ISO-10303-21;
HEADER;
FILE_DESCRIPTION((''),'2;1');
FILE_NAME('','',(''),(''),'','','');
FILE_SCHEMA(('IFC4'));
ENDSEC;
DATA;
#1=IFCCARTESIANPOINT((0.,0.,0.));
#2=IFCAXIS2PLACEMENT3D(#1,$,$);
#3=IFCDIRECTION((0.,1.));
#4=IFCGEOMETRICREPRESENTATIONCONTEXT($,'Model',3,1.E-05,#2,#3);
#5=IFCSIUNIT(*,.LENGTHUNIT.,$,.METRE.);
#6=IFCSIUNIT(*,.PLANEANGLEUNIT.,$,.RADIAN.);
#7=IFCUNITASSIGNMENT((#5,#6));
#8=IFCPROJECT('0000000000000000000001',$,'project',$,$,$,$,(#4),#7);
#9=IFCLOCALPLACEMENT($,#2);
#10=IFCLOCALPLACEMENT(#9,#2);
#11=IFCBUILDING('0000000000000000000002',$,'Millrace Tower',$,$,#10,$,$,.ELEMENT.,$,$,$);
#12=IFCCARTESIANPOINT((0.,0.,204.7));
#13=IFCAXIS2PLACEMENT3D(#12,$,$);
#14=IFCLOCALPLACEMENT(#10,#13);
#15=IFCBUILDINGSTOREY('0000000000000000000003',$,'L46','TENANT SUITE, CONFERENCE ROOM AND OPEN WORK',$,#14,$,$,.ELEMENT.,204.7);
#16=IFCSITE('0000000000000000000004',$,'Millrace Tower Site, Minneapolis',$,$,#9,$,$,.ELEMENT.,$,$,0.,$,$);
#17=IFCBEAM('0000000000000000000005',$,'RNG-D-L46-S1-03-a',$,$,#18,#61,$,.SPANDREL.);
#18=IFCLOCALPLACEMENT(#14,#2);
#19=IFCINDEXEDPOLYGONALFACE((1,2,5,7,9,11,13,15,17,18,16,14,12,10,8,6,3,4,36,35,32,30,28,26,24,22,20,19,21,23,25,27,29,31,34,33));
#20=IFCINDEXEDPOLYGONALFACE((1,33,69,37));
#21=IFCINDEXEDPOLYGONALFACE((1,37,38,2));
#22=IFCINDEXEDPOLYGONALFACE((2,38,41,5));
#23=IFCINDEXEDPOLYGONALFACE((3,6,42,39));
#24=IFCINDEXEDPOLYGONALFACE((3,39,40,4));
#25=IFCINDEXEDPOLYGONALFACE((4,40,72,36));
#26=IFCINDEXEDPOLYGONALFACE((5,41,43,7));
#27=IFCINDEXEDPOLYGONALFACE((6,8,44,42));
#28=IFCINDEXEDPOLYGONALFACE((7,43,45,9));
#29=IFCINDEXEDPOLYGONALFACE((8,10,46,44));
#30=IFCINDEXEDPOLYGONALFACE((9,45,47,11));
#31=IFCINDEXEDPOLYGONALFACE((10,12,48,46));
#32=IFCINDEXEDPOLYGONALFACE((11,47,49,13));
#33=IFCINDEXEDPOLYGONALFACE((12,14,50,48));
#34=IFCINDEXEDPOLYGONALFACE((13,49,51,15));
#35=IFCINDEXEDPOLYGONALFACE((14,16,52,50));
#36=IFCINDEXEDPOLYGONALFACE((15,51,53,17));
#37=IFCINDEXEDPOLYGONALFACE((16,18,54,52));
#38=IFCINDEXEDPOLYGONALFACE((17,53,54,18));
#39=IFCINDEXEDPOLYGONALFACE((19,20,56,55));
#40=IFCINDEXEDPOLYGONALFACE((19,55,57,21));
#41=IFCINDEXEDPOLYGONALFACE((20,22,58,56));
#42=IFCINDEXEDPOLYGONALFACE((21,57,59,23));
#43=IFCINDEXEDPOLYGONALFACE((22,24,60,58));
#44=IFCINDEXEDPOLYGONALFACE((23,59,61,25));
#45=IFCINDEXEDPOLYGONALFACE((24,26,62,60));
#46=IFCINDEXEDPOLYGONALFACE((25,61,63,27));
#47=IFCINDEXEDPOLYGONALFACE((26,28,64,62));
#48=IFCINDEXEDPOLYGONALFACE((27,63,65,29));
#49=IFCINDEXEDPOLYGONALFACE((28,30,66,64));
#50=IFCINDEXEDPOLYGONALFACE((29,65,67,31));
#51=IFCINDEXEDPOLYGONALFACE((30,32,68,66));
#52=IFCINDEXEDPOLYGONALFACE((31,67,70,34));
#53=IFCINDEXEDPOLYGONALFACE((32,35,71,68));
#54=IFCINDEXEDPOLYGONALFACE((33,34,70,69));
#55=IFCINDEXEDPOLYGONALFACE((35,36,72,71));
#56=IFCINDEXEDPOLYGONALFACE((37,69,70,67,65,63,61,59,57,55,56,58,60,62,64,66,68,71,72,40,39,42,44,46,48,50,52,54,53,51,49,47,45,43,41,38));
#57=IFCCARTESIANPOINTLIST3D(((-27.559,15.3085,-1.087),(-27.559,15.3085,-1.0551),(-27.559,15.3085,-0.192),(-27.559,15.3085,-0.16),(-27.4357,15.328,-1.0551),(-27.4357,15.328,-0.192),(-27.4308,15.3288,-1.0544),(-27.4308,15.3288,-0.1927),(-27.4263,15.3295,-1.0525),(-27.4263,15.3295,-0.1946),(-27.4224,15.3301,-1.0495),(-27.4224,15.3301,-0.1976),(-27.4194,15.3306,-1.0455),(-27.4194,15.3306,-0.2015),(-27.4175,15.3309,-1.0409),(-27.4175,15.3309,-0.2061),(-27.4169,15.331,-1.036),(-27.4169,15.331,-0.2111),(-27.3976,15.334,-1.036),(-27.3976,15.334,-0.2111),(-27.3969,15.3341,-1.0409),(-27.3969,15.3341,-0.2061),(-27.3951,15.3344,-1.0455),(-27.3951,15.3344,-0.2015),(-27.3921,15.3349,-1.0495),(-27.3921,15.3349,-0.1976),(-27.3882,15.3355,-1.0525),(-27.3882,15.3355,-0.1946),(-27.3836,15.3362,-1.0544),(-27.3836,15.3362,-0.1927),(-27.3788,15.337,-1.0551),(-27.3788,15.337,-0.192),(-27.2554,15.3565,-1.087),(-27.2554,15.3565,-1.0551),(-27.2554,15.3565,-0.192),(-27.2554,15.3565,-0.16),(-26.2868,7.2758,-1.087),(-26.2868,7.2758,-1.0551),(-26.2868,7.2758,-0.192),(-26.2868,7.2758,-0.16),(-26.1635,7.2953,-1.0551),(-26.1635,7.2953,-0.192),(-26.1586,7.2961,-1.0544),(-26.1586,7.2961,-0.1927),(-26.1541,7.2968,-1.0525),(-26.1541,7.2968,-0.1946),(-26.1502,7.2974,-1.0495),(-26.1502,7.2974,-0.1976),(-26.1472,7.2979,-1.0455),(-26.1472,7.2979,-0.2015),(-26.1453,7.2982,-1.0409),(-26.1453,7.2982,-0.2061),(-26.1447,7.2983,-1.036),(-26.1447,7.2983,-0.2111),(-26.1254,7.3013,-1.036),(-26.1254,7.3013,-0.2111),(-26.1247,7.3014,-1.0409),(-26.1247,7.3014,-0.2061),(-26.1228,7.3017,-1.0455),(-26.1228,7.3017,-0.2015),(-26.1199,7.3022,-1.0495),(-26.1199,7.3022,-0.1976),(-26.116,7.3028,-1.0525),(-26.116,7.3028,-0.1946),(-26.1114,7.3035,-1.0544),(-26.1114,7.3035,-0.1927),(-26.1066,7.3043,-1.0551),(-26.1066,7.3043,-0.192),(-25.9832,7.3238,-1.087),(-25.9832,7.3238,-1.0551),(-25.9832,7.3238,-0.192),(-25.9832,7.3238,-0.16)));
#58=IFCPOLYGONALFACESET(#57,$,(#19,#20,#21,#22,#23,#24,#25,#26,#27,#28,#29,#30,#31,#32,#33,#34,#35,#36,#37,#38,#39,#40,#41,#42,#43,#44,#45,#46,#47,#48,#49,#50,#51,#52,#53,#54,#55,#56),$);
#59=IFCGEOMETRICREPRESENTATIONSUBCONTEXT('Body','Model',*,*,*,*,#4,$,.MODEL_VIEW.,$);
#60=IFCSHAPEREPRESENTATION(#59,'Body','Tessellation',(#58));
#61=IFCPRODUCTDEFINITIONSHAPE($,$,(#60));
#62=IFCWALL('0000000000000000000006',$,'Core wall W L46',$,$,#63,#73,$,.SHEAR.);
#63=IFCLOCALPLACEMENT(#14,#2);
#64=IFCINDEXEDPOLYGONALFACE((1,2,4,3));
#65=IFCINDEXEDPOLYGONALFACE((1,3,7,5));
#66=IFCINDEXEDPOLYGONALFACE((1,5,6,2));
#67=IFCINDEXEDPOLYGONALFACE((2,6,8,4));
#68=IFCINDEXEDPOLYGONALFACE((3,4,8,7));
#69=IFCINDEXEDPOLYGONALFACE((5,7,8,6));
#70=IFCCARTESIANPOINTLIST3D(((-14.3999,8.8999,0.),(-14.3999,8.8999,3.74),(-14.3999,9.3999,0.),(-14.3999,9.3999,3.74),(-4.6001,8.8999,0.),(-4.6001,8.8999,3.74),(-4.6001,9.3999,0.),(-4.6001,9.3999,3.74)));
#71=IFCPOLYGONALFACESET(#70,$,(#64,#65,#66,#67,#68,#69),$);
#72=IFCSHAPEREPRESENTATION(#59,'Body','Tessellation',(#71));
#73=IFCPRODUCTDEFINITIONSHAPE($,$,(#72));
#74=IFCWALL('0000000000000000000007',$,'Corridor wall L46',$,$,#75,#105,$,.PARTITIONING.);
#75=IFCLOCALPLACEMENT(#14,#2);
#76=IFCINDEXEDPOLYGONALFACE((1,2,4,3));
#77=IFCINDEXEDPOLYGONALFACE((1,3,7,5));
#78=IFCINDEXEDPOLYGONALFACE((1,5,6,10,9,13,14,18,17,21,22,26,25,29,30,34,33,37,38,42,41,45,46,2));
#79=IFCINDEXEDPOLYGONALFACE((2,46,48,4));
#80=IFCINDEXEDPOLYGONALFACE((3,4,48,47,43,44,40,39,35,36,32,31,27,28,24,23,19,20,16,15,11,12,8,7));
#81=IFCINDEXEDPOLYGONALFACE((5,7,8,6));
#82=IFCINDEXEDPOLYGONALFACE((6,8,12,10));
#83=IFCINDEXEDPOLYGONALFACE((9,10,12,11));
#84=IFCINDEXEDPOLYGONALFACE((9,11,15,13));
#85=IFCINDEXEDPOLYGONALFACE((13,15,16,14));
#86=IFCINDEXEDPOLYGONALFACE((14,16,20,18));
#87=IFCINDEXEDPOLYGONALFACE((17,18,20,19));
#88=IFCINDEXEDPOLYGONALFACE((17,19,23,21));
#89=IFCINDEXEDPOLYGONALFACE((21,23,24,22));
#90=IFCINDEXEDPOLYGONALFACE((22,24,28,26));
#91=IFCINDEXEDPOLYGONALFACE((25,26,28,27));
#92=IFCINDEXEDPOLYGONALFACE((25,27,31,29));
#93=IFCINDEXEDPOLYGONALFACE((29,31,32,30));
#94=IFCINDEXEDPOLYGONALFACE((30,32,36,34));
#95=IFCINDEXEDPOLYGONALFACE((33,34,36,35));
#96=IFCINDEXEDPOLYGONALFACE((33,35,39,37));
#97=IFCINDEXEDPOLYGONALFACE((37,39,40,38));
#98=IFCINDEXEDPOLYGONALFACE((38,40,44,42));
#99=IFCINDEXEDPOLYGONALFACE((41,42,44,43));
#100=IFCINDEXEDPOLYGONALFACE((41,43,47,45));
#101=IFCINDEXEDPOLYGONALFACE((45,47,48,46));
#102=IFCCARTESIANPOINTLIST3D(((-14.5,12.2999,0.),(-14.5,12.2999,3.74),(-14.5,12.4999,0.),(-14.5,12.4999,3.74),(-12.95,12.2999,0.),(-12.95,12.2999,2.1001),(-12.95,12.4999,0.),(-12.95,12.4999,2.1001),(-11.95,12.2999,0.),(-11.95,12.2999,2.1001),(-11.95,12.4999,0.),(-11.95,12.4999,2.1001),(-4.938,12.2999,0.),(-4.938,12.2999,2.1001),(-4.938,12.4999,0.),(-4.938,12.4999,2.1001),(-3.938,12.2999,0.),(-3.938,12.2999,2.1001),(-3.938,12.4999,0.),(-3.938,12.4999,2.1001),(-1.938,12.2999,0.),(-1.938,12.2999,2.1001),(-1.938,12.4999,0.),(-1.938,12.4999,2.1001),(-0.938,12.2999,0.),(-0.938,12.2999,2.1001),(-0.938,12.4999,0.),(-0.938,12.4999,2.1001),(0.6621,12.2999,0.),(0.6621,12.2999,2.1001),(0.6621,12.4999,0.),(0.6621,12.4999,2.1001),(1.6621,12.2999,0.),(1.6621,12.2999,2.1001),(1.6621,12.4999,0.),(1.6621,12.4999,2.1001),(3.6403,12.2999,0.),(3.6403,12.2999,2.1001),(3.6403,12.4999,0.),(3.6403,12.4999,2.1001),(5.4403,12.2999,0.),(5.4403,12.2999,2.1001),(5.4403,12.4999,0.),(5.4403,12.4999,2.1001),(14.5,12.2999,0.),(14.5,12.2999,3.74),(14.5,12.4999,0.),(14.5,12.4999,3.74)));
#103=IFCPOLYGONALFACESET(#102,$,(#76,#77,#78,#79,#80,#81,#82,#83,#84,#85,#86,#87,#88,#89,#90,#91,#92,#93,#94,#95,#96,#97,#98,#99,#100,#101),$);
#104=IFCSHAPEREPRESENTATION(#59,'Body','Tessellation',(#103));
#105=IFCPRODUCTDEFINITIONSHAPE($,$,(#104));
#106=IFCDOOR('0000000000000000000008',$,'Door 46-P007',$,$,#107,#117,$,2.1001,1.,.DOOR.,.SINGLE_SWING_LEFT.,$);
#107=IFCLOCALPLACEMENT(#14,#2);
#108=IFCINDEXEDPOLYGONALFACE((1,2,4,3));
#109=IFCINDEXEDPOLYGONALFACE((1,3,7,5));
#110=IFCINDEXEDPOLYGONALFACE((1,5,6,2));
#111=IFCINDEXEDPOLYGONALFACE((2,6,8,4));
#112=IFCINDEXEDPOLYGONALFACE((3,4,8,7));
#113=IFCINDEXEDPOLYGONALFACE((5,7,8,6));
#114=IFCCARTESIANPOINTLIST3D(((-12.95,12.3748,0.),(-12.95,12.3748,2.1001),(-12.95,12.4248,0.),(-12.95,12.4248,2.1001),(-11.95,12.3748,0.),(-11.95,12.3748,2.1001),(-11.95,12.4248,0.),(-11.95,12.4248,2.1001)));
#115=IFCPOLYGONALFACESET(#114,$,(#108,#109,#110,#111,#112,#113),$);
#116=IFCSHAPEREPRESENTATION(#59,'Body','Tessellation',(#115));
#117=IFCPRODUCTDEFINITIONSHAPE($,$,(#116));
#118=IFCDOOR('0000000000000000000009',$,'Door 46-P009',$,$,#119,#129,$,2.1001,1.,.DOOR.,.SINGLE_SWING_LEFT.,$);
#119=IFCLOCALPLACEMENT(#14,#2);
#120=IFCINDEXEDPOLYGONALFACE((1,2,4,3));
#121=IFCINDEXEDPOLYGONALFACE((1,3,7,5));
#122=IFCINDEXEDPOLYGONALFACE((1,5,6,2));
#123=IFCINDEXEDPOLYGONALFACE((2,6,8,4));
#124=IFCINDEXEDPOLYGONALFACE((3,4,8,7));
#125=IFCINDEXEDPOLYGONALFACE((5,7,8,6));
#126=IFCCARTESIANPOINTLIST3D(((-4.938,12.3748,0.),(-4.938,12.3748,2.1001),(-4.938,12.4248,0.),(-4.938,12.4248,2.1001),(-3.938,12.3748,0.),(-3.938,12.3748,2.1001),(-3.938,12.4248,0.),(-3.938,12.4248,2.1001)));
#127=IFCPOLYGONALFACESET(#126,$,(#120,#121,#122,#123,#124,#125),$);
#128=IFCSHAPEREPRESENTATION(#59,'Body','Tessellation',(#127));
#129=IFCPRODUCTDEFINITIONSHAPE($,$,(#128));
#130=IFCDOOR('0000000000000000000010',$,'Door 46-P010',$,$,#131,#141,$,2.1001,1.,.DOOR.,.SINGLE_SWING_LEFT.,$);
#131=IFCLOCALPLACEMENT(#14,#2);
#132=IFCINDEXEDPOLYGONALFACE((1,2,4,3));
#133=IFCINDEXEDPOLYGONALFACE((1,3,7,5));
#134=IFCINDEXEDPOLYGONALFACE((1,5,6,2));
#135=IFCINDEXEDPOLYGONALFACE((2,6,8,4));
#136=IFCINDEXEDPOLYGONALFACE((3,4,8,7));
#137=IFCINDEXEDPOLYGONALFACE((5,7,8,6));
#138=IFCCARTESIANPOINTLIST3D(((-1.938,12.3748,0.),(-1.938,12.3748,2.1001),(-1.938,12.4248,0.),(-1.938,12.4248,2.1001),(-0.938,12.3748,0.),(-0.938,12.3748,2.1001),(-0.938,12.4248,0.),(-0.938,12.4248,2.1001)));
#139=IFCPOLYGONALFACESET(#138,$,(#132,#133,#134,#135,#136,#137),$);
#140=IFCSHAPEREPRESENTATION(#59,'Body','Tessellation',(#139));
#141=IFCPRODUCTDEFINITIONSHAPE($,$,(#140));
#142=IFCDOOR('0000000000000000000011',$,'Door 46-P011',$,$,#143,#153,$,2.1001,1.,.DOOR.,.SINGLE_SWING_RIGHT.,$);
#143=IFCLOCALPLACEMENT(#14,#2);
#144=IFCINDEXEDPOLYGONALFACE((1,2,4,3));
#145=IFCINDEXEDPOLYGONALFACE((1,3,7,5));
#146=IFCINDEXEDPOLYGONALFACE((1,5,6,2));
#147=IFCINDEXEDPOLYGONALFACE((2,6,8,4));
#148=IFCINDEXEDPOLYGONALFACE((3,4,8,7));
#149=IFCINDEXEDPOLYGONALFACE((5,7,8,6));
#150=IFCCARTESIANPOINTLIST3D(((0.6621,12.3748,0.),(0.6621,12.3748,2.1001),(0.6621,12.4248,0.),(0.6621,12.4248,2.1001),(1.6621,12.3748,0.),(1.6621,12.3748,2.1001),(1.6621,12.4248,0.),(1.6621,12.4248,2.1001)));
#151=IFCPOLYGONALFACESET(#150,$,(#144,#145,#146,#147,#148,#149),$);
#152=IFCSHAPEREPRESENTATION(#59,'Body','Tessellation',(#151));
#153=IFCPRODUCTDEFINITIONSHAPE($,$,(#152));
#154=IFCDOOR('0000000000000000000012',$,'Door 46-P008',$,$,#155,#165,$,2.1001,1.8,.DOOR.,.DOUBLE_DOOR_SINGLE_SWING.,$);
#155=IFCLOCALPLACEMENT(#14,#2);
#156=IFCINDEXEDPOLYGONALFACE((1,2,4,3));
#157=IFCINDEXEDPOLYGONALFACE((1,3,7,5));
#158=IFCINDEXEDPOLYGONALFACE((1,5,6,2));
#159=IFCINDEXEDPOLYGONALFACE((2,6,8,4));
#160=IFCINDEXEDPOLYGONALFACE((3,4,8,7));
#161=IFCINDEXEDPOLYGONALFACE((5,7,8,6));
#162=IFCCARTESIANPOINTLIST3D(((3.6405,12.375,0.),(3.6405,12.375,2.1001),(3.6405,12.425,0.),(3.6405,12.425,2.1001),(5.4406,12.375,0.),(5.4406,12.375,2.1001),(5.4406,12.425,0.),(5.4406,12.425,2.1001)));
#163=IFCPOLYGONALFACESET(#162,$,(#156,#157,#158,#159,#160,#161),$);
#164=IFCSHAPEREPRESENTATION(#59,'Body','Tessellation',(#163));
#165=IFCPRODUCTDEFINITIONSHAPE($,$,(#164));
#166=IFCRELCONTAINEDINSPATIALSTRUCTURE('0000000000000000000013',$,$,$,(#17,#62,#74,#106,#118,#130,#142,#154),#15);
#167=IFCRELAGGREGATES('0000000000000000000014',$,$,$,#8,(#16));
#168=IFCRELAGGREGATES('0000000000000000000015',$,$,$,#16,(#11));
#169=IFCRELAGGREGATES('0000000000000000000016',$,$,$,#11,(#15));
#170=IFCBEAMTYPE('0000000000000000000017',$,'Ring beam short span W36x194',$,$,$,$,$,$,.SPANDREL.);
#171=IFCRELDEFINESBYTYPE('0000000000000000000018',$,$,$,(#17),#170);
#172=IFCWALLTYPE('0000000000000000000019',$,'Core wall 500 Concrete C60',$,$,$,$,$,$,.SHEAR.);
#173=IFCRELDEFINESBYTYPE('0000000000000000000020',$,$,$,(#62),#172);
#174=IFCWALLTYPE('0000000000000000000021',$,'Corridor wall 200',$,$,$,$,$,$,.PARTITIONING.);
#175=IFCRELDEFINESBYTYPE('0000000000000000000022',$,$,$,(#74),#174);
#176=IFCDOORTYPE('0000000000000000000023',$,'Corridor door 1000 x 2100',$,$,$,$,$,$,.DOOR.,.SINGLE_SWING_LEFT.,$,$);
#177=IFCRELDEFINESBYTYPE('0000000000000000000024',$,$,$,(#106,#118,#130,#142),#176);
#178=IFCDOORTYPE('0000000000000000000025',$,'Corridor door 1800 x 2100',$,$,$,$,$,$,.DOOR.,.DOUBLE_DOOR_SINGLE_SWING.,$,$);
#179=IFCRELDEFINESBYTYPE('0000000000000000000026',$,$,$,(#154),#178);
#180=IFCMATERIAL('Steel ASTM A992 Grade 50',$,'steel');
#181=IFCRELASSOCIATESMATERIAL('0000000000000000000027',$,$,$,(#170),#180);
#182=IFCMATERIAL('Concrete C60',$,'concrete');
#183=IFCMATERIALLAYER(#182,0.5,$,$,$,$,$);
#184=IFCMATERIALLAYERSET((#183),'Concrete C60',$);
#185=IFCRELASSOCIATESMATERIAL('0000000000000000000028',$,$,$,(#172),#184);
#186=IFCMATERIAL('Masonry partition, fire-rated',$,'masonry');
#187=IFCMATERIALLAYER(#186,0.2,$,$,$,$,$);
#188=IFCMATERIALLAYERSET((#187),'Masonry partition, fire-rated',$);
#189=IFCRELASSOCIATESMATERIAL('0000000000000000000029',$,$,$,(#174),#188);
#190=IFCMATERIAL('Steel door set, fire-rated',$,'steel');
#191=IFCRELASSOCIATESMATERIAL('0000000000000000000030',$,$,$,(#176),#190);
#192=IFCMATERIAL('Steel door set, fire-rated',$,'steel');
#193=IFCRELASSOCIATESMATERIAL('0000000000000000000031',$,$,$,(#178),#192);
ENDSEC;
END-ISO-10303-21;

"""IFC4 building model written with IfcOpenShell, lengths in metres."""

from ifc_helpers import new_model, si_unit, direction, frame, frame_2d, origin, origin_2d, place, context, subcontext, project, spatial, rectangle, i_section, extrude, material, layer, layer_set, material_profile, profile_set, type_object, element, fill, save


model = new_model("IFC4")

# Units and contexts
model_context = context("Model", 3, precision=1e-05, world=origin(), true_north=direction((0.0, 1.0)))
body_context = subcontext(model_context, "Body", "Model", "MODEL_VIEW")
ifc_project = project(units=[si_unit("LENGTHUNIT", "METRE"), si_unit("PLANEANGLEUNIT", "RADIAN")], contexts=[model_context])

# Site, building, storey
site_placement = place(None, origin())
site = spatial("IfcSite", under=ifc_project, at=site_placement, Name="Millrace Tower Site, Minneapolis", CompositionType="ELEMENT", RefElevation=0.0)
building_placement = place(site_placement, origin())
building = spatial("IfcBuilding", under=site, at=building_placement, Name="Millrace Tower", CompositionType="ELEMENT")
storey_placement = place(building_placement, frame((0.0, 0.0, 204.7)))
storey = spatial("IfcBuildingStorey", under=building, at=storey_placement, Name="L46", Description="TENANT SUITE, CONFERENCE ROOM AND OPEN WORK", CompositionType="ELEMENT", Elevation=204.7)

# Beam
ifc_material_1 = material(Name="Steel ASTM A992 Grade 50", Category="steel")
ifc_material_profile_1 = material_profile(ifc_material_1, i_section(OverallWidth=0.3074, OverallDepth=0.927, WebThickness=0.0195, FlangeThickness=0.032, FilletRadius=0.019, at=origin_2d()))
ifc_profile_set_1 = profile_set([ifc_material_profile_1], Name="Steel ASTM A992 Grade 50")
beam_type_1 = type_object("IfcBeamType", Name="Ring beam short span W36x194", PredefinedType="SPANDREL", material=ifc_profile_set_1)
beam_1_placement = place(storey_placement, frame((-26.135, 7.2998, -0.6235), z_axis=(-0.15643, 0.987689, 0.0), x_axis=(-0.987689, -0.15643, 0.0)))
element("IfcBeam", 1, at=beam_1_placement, inside=storey, type_object=beam_type_1, Name="RNG-D-L46-S1-03-a", PredefinedType="SPANDREL", context=body_context, shape_type="SweptSolid", body=[
    extrude(i_section(OverallWidth=0.3074, OverallDepth=0.927, WebThickness=0.0195, FlangeThickness=0.032, FilletRadius=0.019, at=origin_2d()), origin(), (0.0, 0.0, 1.0), 8.1328),
])

# Wall
ifc_material_2 = material(Name="Concrete C60", Category="concrete")
ifc_layer_1 = layer(ifc_material_2, 0.5)
ifc_layer_set_1 = layer_set([ifc_layer_1], Name="Concrete C60")
wall_type_1 = type_object("IfcWallType", Name="Core wall 500 Concrete C60", PredefinedType="SHEAR", material=ifc_layer_set_1)
wall_1_placement = place(storey_placement, frame((-14.3999, 9.1499, 0.0), z_axis=(0.0, 0.0, 1.0), x_axis=(1.0, 0.0, 0.0)))
element("IfcWall", 2, at=wall_1_placement, inside=storey, type_object=wall_type_1, Name="Core wall W L46", PredefinedType="SHEAR", context=body_context, shape_type="SweptSolid", body=[
    extrude(rectangle(XDim=9.7998, YDim=0.5, at=frame_2d((4.8999, 0.0))), origin(), (0.0, 0.0, 1.0), 3.74),
])

# Wall, openings, doors
ifc_material_3 = material(Name="Masonry partition, fire-rated", Category="masonry")
ifc_layer_2 = layer(ifc_material_3, 0.2)
ifc_layer_set_2 = layer_set([ifc_layer_2], Name="Masonry partition, fire-rated")
wall_type_2 = type_object("IfcWallType", Name="Corridor wall 200", PredefinedType="PARTITIONING", material=ifc_layer_set_2)
wall_2_placement = place(storey_placement, frame((-14.5, 12.3999, 0.0), z_axis=(0.0, 0.0, 1.0), x_axis=(1.0, 0.0, 0.0)))
wall_2 = element("IfcWall", 3, at=wall_2_placement, inside=storey, type_object=wall_type_2, Name="Corridor wall L46", PredefinedType="PARTITIONING", context=body_context, shape_type="SweptSolid", body=[
    extrude(rectangle(XDim=29.0, YDim=0.2, at=frame_2d((14.5, 0.0))), origin(), (0.0, 0.0, 1.0), 3.74),
])
opening_1_placement = place(wall_2_placement, frame((1.55, 0.0, 0.0)))
opening_1 = element("IfcOpeningElement", 4, at=opening_1_placement, cuts=wall_2, PredefinedType="OPENING", context=body_context, shape_type="SweptSolid", body=[
    extrude(rectangle(XDim=1.0, YDim=2.1001, at=frame_2d((0.5, 1.05))), frame((0.0, 0.1099, 0.0), z_axis=(0.0, -1.0, 0.0), x_axis=(1.0, 0.0, 0.0)), (0.0, 0.0, 1.0), 0.22),
])
opening_2_placement = place(wall_2_placement, frame((18.1404, 0.0, 0.0)))
opening_2 = element("IfcOpeningElement", 5, at=opening_2_placement, cuts=wall_2, PredefinedType="OPENING", context=body_context, shape_type="SweptSolid", body=[
    extrude(rectangle(XDim=1.8, YDim=2.1001, at=frame_2d((0.8999, 1.05))), frame((0.0, 0.1099, 0.0), z_axis=(0.0, -1.0, 0.0), x_axis=(1.0, 0.0, 0.0)), (0.0, 0.0, 1.0), 0.22),
])
opening_3_placement = place(wall_2_placement, frame((9.562, 0.0, 0.0)))
opening_3 = element("IfcOpeningElement", 6, at=opening_3_placement, cuts=wall_2, PredefinedType="OPENING", context=body_context, shape_type="SweptSolid", body=[
    extrude(rectangle(XDim=1.0, YDim=2.1001, at=frame_2d((0.5, 1.05))), frame((0.0, 0.1099, 0.0), z_axis=(0.0, -1.0, 0.0), x_axis=(1.0, 0.0, 0.0)), (0.0, 0.0, 1.0), 0.22),
])
opening_4_placement = place(wall_2_placement, frame((12.562, 0.0, 0.0)))
opening_4 = element("IfcOpeningElement", 7, at=opening_4_placement, cuts=wall_2, PredefinedType="OPENING", context=body_context, shape_type="SweptSolid", body=[
    extrude(rectangle(XDim=1.0, YDim=2.1001, at=frame_2d((0.5, 1.05))), frame((0.0, 0.1099, 0.0), z_axis=(0.0, -1.0, 0.0), x_axis=(1.0, 0.0, 0.0)), (0.0, 0.0, 1.0), 0.22),
])
opening_5_placement = place(wall_2_placement, frame((15.1621, 0.0, 0.0)))
opening_5 = element("IfcOpeningElement", 8, at=opening_5_placement, cuts=wall_2, PredefinedType="OPENING", context=body_context, shape_type="SweptSolid", body=[
    extrude(rectangle(XDim=1.0, YDim=2.1001, at=frame_2d((0.5, 1.05))), frame((0.0, 0.1099, 0.0), z_axis=(0.0, -1.0, 0.0), x_axis=(1.0, 0.0, 0.0)), (0.0, 0.0, 1.0), 0.22),
])
ifc_material_4 = material(Name="Steel door set, fire-rated", Category="steel")
door_type_1 = type_object("IfcDoorType", Name="Corridor door 1000 x 2100", OperationType="SINGLE_SWING_LEFT", PredefinedType="DOOR", material=ifc_material_4)
door_1_placement = place(opening_1_placement, origin())
door_1 = element("IfcDoor", 9, at=door_1_placement, inside=storey, type_object=door_type_1, Name="Door 46-P007", OperationType="SINGLE_SWING_LEFT", OverallHeight=2.1001, OverallWidth=1.0, PredefinedType="DOOR", context=body_context, shape_type="SweptSolid", body=[
    extrude(rectangle(XDim=1.0, YDim=2.1001, at=frame_2d((0.5, 1.05))), frame((0.0, 0.0249, 0.0), z_axis=(0.0, -1.0, 0.0), x_axis=(1.0, 0.0, 0.0)), (0.0, 0.0, 1.0), 0.05),
])
fill(opening_1, door_1)
door_2_placement = place(opening_3_placement, origin())
door_2 = element("IfcDoor", 10, at=door_2_placement, inside=storey, type_object=door_type_1, Name="Door 46-P009", OperationType="SINGLE_SWING_LEFT", OverallHeight=2.1001, OverallWidth=1.0, PredefinedType="DOOR", context=body_context, shape_type="SweptSolid", body=[
    extrude(rectangle(XDim=1.0, YDim=2.1001, at=frame_2d((0.5, 1.05))), frame((0.0, 0.0249, 0.0), z_axis=(0.0, -1.0, 0.0), x_axis=(1.0, 0.0, 0.0)), (0.0, 0.0, 1.0), 0.05),
])
fill(opening_3, door_2)
door_3_placement = place(opening_4_placement, origin())
door_3 = element("IfcDoor", 11, at=door_3_placement, inside=storey, type_object=door_type_1, Name="Door 46-P010", OperationType="SINGLE_SWING_LEFT", OverallHeight=2.1001, OverallWidth=1.0, PredefinedType="DOOR", context=body_context, shape_type="SweptSolid", body=[
    extrude(rectangle(XDim=1.0, YDim=2.1001, at=frame_2d((0.5, 1.05))), frame((0.0, 0.0249, 0.0), z_axis=(0.0, -1.0, 0.0), x_axis=(1.0, 0.0, 0.0)), (0.0, 0.0, 1.0), 0.05),
])
fill(opening_4, door_3)
door_4_placement = place(opening_5_placement, origin())
door_4 = element("IfcDoor", 12, at=door_4_placement, inside=storey, type_object=door_type_1, Name="Door 46-P011", OperationType="SINGLE_SWING_RIGHT", OverallHeight=2.1001, OverallWidth=1.0, PredefinedType="DOOR", context=body_context, shape_type="SweptSolid", body=[
    extrude(rectangle(XDim=1.0, YDim=2.1001, at=frame_2d((0.5, 1.05))), frame((0.0, 0.0249, 0.0), z_axis=(0.0, -1.0, 0.0), x_axis=(1.0, 0.0, 0.0)), (0.0, 0.0, 1.0), 0.05),
])
fill(opening_5, door_4)
ifc_material_5 = material(Name="Steel door set, fire-rated", Category="steel")
door_type_2 = type_object("IfcDoorType", Name="Corridor door 1800 x 2100", OperationType="DOUBLE_DOOR_SINGLE_SWING", PredefinedType="DOOR", material=ifc_material_5)
door_5_placement = place(opening_2_placement, frame((1.8, 0.0, 0.0), z_axis=(0.0, 0.0, 1.0), x_axis=(-1.0, 0.0, 0.0)))
door_5 = element("IfcDoor", 13, at=door_5_placement, inside=storey, type_object=door_type_2, Name="Door 46-P008", OperationType="DOUBLE_DOOR_SINGLE_SWING", OverallHeight=2.1001, OverallWidth=1.8, PredefinedType="DOOR", context=body_context, shape_type="SweptSolid", body=[
    extrude(rectangle(XDim=1.8, YDim=2.1001, at=frame_2d((0.8999, 1.05))), frame((0.0, 0.0249, 0.0), z_axis=(0.0, -1.0, 0.0), x_axis=(1.0, 0.0, 0.0)), (0.0, 0.0, 1.0), 0.05),
])
fill(opening_2, door_5)

save(model, "model.ifc")
